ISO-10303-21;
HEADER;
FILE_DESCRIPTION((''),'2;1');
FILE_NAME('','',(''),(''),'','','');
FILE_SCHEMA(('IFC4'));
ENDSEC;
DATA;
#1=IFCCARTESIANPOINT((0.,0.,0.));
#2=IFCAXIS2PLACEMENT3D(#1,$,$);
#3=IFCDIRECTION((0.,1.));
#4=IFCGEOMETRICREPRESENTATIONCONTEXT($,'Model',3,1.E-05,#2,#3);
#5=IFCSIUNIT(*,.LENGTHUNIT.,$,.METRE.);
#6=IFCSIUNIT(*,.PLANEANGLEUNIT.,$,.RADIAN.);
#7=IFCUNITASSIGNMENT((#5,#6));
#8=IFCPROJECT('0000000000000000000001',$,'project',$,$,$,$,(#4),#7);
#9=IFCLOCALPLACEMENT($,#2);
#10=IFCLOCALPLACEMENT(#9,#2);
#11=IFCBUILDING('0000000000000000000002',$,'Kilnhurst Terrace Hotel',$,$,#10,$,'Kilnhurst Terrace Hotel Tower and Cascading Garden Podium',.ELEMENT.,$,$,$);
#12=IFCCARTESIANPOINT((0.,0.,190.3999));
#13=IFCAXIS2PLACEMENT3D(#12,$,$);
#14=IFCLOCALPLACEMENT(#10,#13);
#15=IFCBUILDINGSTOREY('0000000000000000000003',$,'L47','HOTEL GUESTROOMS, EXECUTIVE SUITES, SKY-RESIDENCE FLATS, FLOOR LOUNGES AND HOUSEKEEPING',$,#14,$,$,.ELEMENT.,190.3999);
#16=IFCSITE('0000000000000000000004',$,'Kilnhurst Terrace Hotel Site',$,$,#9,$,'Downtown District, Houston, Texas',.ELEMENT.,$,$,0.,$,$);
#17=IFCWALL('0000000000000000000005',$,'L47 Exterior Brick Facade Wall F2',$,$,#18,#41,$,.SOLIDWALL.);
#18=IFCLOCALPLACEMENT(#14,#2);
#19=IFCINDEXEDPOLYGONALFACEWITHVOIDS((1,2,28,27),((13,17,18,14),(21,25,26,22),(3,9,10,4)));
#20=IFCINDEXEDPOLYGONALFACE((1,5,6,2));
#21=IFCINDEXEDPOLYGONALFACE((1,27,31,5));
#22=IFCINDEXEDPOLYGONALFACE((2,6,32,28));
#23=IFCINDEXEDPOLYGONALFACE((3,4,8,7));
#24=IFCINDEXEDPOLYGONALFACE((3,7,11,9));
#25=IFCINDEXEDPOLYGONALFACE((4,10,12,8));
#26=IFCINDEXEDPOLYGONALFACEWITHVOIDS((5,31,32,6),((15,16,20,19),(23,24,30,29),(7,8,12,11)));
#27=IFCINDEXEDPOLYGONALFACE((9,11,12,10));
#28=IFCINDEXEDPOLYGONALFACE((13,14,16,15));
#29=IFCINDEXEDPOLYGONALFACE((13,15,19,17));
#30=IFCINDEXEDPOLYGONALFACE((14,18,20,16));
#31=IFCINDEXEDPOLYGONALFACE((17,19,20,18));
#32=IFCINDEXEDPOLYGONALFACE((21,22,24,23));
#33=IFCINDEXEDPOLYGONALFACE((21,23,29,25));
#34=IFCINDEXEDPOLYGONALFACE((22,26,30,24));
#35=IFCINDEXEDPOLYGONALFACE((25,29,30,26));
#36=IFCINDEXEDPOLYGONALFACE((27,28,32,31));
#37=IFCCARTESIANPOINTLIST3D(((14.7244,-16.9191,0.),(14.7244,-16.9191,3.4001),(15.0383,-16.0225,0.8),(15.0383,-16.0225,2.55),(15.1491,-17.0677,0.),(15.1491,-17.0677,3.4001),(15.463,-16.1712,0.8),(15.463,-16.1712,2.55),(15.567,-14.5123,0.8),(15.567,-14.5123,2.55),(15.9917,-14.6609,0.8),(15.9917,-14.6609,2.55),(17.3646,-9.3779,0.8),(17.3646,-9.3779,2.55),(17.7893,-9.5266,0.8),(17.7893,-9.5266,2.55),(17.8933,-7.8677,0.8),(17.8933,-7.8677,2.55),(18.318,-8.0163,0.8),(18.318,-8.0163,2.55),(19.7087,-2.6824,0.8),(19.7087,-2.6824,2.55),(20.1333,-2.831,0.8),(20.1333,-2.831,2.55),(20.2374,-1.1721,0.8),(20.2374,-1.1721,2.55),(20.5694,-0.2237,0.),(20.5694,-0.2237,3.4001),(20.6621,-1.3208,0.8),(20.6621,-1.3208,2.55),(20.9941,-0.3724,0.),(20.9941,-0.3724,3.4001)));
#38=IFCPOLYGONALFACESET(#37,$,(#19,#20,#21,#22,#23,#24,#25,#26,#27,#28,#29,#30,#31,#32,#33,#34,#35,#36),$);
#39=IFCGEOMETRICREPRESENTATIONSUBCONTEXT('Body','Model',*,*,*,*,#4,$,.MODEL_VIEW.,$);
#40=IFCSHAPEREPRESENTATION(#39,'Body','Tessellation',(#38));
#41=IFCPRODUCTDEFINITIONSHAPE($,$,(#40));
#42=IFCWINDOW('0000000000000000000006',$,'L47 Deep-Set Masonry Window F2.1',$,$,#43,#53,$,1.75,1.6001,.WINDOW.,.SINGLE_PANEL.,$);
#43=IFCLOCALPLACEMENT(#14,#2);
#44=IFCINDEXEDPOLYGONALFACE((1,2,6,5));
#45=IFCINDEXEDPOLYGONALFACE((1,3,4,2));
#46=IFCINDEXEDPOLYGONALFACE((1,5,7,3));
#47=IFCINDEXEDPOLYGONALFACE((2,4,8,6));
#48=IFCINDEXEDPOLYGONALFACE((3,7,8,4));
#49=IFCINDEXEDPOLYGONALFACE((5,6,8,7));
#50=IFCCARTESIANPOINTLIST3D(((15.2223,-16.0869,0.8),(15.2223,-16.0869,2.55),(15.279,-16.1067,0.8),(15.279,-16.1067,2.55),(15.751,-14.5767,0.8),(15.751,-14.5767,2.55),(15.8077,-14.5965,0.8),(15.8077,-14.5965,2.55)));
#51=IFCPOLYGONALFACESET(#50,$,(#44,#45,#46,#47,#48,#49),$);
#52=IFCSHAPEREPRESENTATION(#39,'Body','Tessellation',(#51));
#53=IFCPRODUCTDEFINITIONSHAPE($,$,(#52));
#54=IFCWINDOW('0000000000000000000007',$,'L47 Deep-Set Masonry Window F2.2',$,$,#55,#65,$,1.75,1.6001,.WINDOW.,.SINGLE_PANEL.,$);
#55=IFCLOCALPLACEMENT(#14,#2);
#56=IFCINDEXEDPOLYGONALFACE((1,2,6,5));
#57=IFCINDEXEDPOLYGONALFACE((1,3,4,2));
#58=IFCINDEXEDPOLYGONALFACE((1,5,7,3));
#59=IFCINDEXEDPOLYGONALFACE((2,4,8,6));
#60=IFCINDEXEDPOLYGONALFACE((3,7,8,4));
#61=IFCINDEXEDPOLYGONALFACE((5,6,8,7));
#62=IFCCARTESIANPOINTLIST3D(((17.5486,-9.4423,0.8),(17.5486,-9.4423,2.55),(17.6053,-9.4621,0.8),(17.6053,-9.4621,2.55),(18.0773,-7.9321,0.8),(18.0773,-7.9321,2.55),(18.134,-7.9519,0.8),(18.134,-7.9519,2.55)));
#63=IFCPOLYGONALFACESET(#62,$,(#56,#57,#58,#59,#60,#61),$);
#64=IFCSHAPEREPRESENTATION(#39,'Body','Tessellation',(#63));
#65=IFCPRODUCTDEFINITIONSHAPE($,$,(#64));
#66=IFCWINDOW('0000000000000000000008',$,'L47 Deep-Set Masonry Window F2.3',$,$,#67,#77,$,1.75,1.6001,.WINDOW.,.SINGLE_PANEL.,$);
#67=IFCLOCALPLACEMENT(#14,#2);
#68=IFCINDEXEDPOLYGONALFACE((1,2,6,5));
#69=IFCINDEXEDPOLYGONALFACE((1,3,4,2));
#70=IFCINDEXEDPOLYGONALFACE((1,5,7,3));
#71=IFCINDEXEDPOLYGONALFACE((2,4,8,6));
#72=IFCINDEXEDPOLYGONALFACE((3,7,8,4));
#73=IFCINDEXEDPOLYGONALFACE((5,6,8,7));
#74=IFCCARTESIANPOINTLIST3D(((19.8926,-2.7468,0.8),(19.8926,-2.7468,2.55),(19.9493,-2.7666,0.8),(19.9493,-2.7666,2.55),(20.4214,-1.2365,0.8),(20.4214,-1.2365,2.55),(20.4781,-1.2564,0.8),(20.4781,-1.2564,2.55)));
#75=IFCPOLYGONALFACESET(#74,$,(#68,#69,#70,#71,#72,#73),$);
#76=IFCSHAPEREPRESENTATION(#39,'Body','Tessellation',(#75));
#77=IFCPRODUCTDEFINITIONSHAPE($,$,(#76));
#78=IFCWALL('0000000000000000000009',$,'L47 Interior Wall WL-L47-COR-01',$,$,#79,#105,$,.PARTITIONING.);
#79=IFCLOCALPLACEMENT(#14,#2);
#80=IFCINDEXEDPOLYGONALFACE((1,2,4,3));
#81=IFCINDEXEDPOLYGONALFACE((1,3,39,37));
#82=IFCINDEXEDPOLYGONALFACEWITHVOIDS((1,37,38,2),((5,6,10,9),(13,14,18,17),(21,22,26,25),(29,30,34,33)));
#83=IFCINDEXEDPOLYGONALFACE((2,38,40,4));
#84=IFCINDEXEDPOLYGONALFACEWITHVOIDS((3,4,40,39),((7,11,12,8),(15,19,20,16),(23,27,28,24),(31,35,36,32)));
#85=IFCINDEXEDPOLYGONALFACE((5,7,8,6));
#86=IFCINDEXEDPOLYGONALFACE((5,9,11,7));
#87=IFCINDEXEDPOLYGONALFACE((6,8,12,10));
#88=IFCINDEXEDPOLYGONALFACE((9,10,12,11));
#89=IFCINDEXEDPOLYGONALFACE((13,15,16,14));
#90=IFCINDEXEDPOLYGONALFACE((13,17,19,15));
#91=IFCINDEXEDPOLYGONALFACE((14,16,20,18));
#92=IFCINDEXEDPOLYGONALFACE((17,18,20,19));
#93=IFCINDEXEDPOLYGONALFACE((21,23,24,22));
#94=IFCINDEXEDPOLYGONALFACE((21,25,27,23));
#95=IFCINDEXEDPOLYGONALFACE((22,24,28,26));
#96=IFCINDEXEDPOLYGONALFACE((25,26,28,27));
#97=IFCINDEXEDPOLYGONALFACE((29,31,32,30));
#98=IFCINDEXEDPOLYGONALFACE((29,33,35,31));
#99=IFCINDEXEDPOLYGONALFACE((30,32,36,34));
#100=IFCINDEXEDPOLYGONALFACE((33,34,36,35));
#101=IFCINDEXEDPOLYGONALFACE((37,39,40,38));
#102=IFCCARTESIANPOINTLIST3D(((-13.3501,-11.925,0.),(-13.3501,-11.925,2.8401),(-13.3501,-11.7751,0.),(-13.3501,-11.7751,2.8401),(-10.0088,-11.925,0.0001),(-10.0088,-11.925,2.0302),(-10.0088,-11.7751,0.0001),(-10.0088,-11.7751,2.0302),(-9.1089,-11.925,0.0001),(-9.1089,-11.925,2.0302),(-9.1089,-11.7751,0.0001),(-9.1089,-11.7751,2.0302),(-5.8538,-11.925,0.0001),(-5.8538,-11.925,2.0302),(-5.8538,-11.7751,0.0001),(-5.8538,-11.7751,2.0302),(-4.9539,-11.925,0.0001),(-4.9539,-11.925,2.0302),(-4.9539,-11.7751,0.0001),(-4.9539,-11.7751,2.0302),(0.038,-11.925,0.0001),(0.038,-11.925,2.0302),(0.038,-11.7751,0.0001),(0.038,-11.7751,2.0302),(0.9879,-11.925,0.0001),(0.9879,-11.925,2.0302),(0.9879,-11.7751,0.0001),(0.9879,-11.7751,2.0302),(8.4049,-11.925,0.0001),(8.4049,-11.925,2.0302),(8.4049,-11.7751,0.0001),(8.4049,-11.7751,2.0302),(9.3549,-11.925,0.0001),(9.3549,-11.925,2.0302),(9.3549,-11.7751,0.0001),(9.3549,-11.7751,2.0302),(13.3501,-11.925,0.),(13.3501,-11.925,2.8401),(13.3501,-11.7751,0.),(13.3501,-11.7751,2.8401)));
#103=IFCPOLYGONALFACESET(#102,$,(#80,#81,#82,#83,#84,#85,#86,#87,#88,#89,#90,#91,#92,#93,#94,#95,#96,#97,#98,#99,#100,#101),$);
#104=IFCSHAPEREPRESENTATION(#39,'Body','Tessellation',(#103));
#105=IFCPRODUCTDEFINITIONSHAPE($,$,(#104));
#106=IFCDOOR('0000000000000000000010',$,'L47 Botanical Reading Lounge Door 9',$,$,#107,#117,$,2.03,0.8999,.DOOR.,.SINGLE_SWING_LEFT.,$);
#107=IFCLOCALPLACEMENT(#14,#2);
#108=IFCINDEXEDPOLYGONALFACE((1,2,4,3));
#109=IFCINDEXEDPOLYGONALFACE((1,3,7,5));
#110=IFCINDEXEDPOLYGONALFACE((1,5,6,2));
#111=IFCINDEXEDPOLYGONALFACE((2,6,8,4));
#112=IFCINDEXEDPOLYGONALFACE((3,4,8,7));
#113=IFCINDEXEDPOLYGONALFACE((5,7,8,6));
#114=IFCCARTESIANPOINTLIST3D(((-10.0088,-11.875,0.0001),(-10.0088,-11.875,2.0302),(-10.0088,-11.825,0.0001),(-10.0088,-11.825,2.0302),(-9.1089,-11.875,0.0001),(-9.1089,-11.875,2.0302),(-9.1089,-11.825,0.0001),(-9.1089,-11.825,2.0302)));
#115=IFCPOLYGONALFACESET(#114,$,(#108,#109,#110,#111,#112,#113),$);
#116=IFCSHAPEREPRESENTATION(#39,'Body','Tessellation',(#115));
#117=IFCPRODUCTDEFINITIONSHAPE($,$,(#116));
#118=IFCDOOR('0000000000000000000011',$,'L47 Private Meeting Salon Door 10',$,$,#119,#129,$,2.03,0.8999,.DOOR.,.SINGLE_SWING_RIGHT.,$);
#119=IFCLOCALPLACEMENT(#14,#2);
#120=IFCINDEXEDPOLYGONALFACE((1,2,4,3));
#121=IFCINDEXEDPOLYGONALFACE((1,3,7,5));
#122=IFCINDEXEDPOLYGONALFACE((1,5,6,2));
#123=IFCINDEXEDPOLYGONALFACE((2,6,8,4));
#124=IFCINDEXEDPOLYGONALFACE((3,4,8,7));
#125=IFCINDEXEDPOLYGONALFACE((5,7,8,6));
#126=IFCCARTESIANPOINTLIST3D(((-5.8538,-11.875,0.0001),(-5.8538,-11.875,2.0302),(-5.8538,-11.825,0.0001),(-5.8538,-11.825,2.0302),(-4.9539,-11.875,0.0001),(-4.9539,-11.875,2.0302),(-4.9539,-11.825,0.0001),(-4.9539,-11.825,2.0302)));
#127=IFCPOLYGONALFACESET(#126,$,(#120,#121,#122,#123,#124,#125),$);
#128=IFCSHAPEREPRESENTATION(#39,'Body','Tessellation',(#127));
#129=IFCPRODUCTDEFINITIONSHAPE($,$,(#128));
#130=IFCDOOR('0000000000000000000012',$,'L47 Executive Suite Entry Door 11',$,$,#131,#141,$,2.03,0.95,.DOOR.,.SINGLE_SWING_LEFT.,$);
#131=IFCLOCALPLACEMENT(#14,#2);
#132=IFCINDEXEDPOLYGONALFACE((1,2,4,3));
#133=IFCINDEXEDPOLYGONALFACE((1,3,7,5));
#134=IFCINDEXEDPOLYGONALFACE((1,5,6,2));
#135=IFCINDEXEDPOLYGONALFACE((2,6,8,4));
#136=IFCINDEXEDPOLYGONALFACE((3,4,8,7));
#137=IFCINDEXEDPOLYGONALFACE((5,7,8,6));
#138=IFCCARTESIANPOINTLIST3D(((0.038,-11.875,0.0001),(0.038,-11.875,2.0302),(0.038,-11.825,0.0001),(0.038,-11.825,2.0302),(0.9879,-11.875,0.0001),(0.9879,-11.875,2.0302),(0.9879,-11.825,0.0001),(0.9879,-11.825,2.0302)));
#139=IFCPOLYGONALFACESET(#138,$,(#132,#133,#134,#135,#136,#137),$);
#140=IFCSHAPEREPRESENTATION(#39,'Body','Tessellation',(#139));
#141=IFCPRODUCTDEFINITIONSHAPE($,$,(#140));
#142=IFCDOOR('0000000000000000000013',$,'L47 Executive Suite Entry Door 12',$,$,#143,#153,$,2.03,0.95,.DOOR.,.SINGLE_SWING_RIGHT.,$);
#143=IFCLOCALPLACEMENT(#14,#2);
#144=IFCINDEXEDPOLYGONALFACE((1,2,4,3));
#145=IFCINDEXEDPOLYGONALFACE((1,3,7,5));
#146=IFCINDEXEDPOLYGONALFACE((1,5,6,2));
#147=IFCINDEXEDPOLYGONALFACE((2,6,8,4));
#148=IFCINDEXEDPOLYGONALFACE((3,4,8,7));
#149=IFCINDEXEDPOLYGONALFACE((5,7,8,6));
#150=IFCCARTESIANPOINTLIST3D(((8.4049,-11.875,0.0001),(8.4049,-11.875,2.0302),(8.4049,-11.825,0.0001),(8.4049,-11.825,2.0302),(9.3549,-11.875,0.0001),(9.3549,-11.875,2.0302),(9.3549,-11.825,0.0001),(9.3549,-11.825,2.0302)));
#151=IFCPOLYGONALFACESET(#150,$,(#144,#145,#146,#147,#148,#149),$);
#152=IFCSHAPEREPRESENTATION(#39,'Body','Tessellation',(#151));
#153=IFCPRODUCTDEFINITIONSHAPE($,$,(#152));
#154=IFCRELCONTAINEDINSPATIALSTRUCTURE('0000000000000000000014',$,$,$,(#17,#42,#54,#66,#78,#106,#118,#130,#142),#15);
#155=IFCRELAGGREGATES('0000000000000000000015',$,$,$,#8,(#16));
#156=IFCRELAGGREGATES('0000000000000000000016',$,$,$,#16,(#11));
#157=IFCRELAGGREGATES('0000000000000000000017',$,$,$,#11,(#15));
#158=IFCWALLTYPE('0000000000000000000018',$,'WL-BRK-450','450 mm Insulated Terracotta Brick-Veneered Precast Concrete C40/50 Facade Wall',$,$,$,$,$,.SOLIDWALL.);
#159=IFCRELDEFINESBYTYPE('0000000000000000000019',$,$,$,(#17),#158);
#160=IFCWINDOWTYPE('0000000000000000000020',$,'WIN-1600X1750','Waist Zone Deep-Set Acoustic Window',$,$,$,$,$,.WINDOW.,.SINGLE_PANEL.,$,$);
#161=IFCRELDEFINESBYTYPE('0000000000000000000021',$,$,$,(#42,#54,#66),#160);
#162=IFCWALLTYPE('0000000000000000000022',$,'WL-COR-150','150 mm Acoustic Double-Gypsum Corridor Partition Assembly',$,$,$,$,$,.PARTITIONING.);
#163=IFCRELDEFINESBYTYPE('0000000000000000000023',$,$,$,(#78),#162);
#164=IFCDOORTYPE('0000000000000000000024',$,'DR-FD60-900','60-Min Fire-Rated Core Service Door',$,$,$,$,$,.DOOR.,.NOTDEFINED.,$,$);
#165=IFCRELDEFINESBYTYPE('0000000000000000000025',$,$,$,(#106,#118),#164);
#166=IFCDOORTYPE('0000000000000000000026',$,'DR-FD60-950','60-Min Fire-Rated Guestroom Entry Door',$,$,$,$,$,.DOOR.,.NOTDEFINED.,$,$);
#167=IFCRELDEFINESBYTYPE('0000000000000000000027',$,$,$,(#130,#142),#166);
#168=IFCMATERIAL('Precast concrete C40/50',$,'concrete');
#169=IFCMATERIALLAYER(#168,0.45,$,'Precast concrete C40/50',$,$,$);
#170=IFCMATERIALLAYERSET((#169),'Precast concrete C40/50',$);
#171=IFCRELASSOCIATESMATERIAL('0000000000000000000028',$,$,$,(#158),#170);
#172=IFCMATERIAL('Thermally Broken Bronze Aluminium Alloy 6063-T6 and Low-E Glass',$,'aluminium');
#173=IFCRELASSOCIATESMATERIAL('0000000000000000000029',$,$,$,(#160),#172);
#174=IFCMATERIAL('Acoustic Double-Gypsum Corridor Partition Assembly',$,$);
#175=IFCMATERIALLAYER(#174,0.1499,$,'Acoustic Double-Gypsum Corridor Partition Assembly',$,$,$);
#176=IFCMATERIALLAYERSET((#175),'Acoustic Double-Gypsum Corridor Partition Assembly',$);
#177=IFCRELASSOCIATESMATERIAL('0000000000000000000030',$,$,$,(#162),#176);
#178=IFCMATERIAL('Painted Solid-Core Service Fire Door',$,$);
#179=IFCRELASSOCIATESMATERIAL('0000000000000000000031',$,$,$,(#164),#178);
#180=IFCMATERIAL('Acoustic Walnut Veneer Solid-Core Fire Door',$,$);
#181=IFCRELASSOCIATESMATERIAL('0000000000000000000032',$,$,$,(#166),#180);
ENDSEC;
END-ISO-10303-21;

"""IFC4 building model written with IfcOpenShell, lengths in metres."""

from ifc_helpers import new_model, si_unit, direction, frame, frame_2d, origin, place, context, subcontext, project, spatial, rectangle, extrude, material, layer, layer_set, type_object, element, fill, save


model = new_model("IFC4")

# Units and contexts
model_context = context("Model", 3, precision=1e-05, world=origin(), true_north=direction((0.0, 1.0)))
body_context = subcontext(model_context, "Body", "Model", "MODEL_VIEW")
ifc_project = project(units=[si_unit("LENGTHUNIT", "METRE"), si_unit("PLANEANGLEUNIT", "RADIAN")], contexts=[model_context])

# Site, building, storey
site_placement = place(None, origin())
site = spatial("IfcSite", under=ifc_project, at=site_placement, Name="Kilnhurst Terrace Hotel Site", LongName="Downtown District, Houston, Texas", CompositionType="ELEMENT", RefElevation=0.0)
building_placement = place(site_placement, origin())
building = spatial("IfcBuilding", under=site, at=building_placement, Name="Kilnhurst Terrace Hotel", LongName="Kilnhurst Terrace Hotel Tower and Cascading Garden Podium", CompositionType="ELEMENT")
storey_placement = place(building_placement, frame((0.0, 0.0, 190.3999)))
storey = spatial("IfcBuildingStorey", under=building, at=storey_placement, Name="L47", Description="HOTEL GUESTROOMS, EXECUTIVE SUITES, SKY-RESIDENCE FLATS, FLOOR LOUNGES AND HOUSEKEEPING", CompositionType="ELEMENT", Elevation=190.3999)

# Shared definitions
ifc_material_1 = material(Name="Precast concrete C40/50", Category="concrete")
ifc_layer_1 = layer(ifc_material_1, 0.45, Name="Precast concrete C40/50")
ifc_layer_set_1 = layer_set([ifc_layer_1], Name="Precast concrete C40/50")
wall_type_1 = type_object("IfcWallType", Name="WL-BRK-450", Description="450 mm Insulated Terracotta Brick-Veneered Precast Concrete C40/50 Facade Wall", PredefinedType="SOLIDWALL", material=ifc_layer_set_1)

# Wall, openings, windows
wall_1_placement = place(storey_placement, frame((14.9368, -16.9934, 0.0), z_axis=(0.0, 0.0, 1.0), x_axis=(0.330432, 0.94383, 0.0)))
wall_1 = element("IfcWall", 1, at=wall_1_placement, inside=storey, type_object=wall_type_1, Name="L47 Exterior Brick Facade Wall F2", PredefinedType="SOLIDWALL", context=body_context, shape_type="SweptSolid", body=[
    extrude(rectangle(XDim=17.689, YDim=0.45, at=frame_2d((8.8445, 0.0))), origin(), (0.0, 0.0, 1.0), 3.4001),
])
opening_1_placement = place(wall_1_placement, frame((0.95, 0.0, 0.8)))
opening_1 = element("IfcOpeningElement", 2, at=opening_1_placement, cuts=wall_1, PredefinedType="OPENING", context=body_context, shape_type="SweptSolid", body=[
    extrude(rectangle(XDim=1.6001, YDim=1.75, at=frame_2d((0.8, 0.875))), frame((0.0, 0.2349, 0.0), z_axis=(0.0, -1.0, 0.0), x_axis=(1.0, 0.0, 0.0)), (0.0, 0.0, 1.0), 0.47),
])
opening_2_placement = place(wall_1_placement, frame((7.99, 0.0, 0.8)))
opening_2 = element("IfcOpeningElement", 3, at=opening_2_placement, cuts=wall_1, PredefinedType="OPENING", context=body_context, shape_type="SweptSolid", body=[
    extrude(rectangle(XDim=1.6001, YDim=1.75, at=frame_2d((0.8, 0.875))), frame((0.0, 0.2349, 0.0), z_axis=(0.0, -1.0, 0.0), x_axis=(1.0, 0.0, 0.0)), (0.0, 0.0, 1.0), 0.47),
])
opening_3_placement = place(wall_1_placement, frame((15.084, 0.0, 0.8)))
opening_3 = element("IfcOpeningElement", 4, at=opening_3_placement, cuts=wall_1, PredefinedType="OPENING", context=body_context, shape_type="SweptSolid", body=[
    extrude(rectangle(XDim=1.6001, YDim=1.75, at=frame_2d((0.8, 0.875))), frame((0.0, 0.2349, 0.0), z_axis=(0.0, -1.0, 0.0), x_axis=(1.0, 0.0, 0.0)), (0.0, 0.0, 1.0), 0.47),
])
ifc_material_2 = material(Name="Thermally Broken Bronze Aluminium Alloy 6063-T6 and Low-E Glass", Category="aluminium")
window_type = type_object("IfcWindowType", Name="WIN-1600X1750", Description="Waist Zone Deep-Set Acoustic Window", PartitioningType="SINGLE_PANEL", PredefinedType="WINDOW", material=ifc_material_2)
window_1_placement = place(opening_1_placement, origin())
window_1 = element("IfcWindow", 5, at=window_1_placement, inside=storey, type_object=window_type, Name="L47 Deep-Set Masonry Window F2.1", OverallHeight=1.75, OverallWidth=1.6001, PartitioningType="SINGLE_PANEL", PredefinedType="WINDOW", context=body_context, shape_type="SweptSolid", body=[
    extrude(rectangle(XDim=1.6001, YDim=1.75, at=frame_2d((0.8, 0.875))), frame((0.0, 0.03, 0.0), z_axis=(0.0, -1.0, 0.0), x_axis=(1.0, 0.0, 0.0)), (0.0, 0.0, 1.0), 0.0601),
])
fill(opening_1, window_1)
window_2_placement = place(opening_2_placement, origin())
window_2 = element("IfcWindow", 6, at=window_2_placement, inside=storey, type_object=window_type, Name="L47 Deep-Set Masonry Window F2.2", OverallHeight=1.75, OverallWidth=1.6001, PartitioningType="SINGLE_PANEL", PredefinedType="WINDOW", context=body_context, shape_type="SweptSolid", body=[
    extrude(rectangle(XDim=1.6001, YDim=1.75, at=frame_2d((0.8, 0.875))), frame((0.0, 0.03, 0.0), z_axis=(0.0, -1.0, 0.0), x_axis=(1.0, 0.0, 0.0)), (0.0, 0.0, 1.0), 0.0601),
])
fill(opening_2, window_2)
window_3_placement = place(opening_3_placement, origin())
window_3 = element("IfcWindow", 7, at=window_3_placement, inside=storey, type_object=window_type, Name="L47 Deep-Set Masonry Window F2.3", OverallHeight=1.75, OverallWidth=1.6001, PartitioningType="SINGLE_PANEL", PredefinedType="WINDOW", context=body_context, shape_type="SweptSolid", body=[
    extrude(rectangle(XDim=1.6001, YDim=1.75, at=frame_2d((0.8, 0.875))), frame((0.0, 0.03, 0.0), z_axis=(0.0, -1.0, 0.0), x_axis=(1.0, 0.0, 0.0)), (0.0, 0.0, 1.0), 0.0601),
])
fill(opening_3, window_3)

# Wall, openings, doors
ifc_material_3 = material(Name="Acoustic Double-Gypsum Corridor Partition Assembly")
ifc_layer_2 = layer(ifc_material_3, 0.1499, Name="Acoustic Double-Gypsum Corridor Partition Assembly")
ifc_layer_set_2 = layer_set([ifc_layer_2], Name="Acoustic Double-Gypsum Corridor Partition Assembly")
wall_type_2 = type_object("IfcWallType", Name="WL-COR-150", Description="150 mm Acoustic Double-Gypsum Corridor Partition Assembly", PredefinedType="PARTITIONING", material=ifc_layer_set_2)
wall_2_placement = place(storey_placement, frame((13.3501, -11.8501, 0.0), z_axis=(0.0, 0.0, 1.0), x_axis=(-1.0, 0.0, 0.0)))
wall_2 = element("IfcWall", 8, at=wall_2_placement, inside=storey, type_object=wall_type_2, Name="L47 Interior Wall WL-L47-COR-01", PredefinedType="PARTITIONING", context=body_context, shape_type="SweptSolid", body=[
    extrude(rectangle(XDim=26.7002, YDim=0.1499, at=frame_2d((13.3501, 0.0))), origin(), (0.0, 0.0, 1.0), 2.8401),
])
opening_4_placement = place(wall_2_placement, frame((22.459, 0.0, 0.0)))
opening_4 = element("IfcOpeningElement", 9, at=opening_4_placement, cuts=wall_2, PredefinedType="OPENING", context=body_context, shape_type="SweptSolid", body=[
    extrude(rectangle(XDim=0.8999, YDim=2.03, at=frame_2d((0.45, 1.0151))), frame((0.0, 0.085, 0.0), z_axis=(0.0, -1.0, 0.0), x_axis=(1.0, 0.0, 0.0)), (0.0, 0.0, 1.0), 0.1699),
])
opening_5_placement = place(wall_2_placement, frame((18.304, 0.0, 0.0)))
opening_5 = element("IfcOpeningElement", 10, at=opening_5_placement, cuts=wall_2, PredefinedType="OPENING", context=body_context, shape_type="SweptSolid", body=[
    extrude(rectangle(XDim=0.8999, YDim=2.03, at=frame_2d((0.45, 1.0151))), frame((0.0, 0.085, 0.0), z_axis=(0.0, -1.0, 0.0), x_axis=(1.0, 0.0, 0.0)), (0.0, 0.0, 1.0), 0.1699),
])
opening_6_placement = place(wall_2_placement, frame((12.3621, 0.0, 0.0)))
opening_6 = element("IfcOpeningElement", 11, at=opening_6_placement, cuts=wall_2, PredefinedType="OPENING", context=body_context, shape_type="SweptSolid", body=[
    extrude(rectangle(XDim=0.95, YDim=2.03, at=frame_2d((0.4751, 1.0151))), frame((0.0, 0.085, 0.0), z_axis=(0.0, -1.0, 0.0), x_axis=(1.0, 0.0, 0.0)), (0.0, 0.0, 1.0), 0.1699),
])
opening_7_placement = place(wall_2_placement, frame((3.9951, 0.0, 0.0)))
opening_7 = element("IfcOpeningElement", 12, at=opening_7_placement, cuts=wall_2, PredefinedType="OPENING", context=body_context, shape_type="SweptSolid", body=[
    extrude(rectangle(XDim=0.95, YDim=2.03, at=frame_2d((0.4751, 1.0151))), frame((0.0, 0.085, 0.0), z_axis=(0.0, -1.0, 0.0), x_axis=(1.0, 0.0, 0.0)), (0.0, 0.0, 1.0), 0.1699),
])
ifc_material_4 = material(Name="Painted Solid-Core Service Fire Door")
door_type_1 = type_object("IfcDoorType", Name="DR-FD60-900", Description="60-Min Fire-Rated Core Service Door", OperationType="NOTDEFINED", PredefinedType="DOOR", material=ifc_material_4)
door_1_placement = place(opening_4_placement, origin())
door_1 = element("IfcDoor", 13, at=door_1_placement, inside=storey, type_object=door_type_1, Name="L47 Botanical Reading Lounge Door 9", OperationType="SINGLE_SWING_LEFT", OverallHeight=2.03, OverallWidth=0.8999, PredefinedType="DOOR", context=body_context, shape_type="SweptSolid", body=[
    extrude(rectangle(XDim=0.8999, YDim=2.03, at=frame_2d((0.45, 1.0151))), frame((0.0, 0.0249, 0.0), z_axis=(0.0, -1.0, 0.0), x_axis=(1.0, 0.0, 0.0)), (0.0, 0.0, 1.0), 0.05),
])
fill(opening_4, door_1)
door_2_placement = place(opening_5_placement, origin())
door_2 = element("IfcDoor", 14, at=door_2_placement, inside=storey, type_object=door_type_1, Name="L47 Private Meeting Salon Door 10", OperationType="SINGLE_SWING_RIGHT", OverallHeight=2.03, OverallWidth=0.8999, PredefinedType="DOOR", context=body_context, shape_type="SweptSolid", body=[
    extrude(rectangle(XDim=0.8999, YDim=2.03, at=frame_2d((0.45, 1.0151))), frame((0.0, 0.0249, 0.0), z_axis=(0.0, -1.0, 0.0), x_axis=(1.0, 0.0, 0.0)), (0.0, 0.0, 1.0), 0.05),
])
fill(opening_5, door_2)
ifc_material_5 = material(Name="Acoustic Walnut Veneer Solid-Core Fire Door")
door_type_2 = type_object("IfcDoorType", Name="DR-FD60-950", Description="60-Min Fire-Rated Guestroom Entry Door", OperationType="NOTDEFINED", PredefinedType="DOOR", material=ifc_material_5)
door_3_placement = place(opening_6_placement, origin())
door_3 = element("IfcDoor", 15, at=door_3_placement, inside=storey, type_object=door_type_2, Name="L47 Executive Suite Entry Door 11", OperationType="SINGLE_SWING_LEFT", OverallHeight=2.03, OverallWidth=0.95, PredefinedType="DOOR", context=body_context, shape_type="SweptSolid", body=[
    extrude(rectangle(XDim=0.95, YDim=2.03, at=frame_2d((0.4751, 1.0151))), frame((0.0, 0.0249, 0.0), z_axis=(0.0, -1.0, 0.0), x_axis=(1.0, 0.0, 0.0)), (0.0, 0.0, 1.0), 0.05),
])
fill(opening_6, door_3)
door_4_placement = place(opening_7_placement, origin())
door_4 = element("IfcDoor", 16, at=door_4_placement, inside=storey, type_object=door_type_2, Name="L47 Executive Suite Entry Door 12", OperationType="SINGLE_SWING_RIGHT", OverallHeight=2.03, OverallWidth=0.95, PredefinedType="DOOR", context=body_context, shape_type="SweptSolid", body=[
    extrude(rectangle(XDim=0.95, YDim=2.03, at=frame_2d((0.4751, 1.0151))), frame((0.0, 0.0249, 0.0), z_axis=(0.0, -1.0, 0.0), x_axis=(1.0, 0.0, 0.0)), (0.0, 0.0, 1.0), 0.05),
])
fill(opening_7, door_4)

save(model, "model.ifc")
